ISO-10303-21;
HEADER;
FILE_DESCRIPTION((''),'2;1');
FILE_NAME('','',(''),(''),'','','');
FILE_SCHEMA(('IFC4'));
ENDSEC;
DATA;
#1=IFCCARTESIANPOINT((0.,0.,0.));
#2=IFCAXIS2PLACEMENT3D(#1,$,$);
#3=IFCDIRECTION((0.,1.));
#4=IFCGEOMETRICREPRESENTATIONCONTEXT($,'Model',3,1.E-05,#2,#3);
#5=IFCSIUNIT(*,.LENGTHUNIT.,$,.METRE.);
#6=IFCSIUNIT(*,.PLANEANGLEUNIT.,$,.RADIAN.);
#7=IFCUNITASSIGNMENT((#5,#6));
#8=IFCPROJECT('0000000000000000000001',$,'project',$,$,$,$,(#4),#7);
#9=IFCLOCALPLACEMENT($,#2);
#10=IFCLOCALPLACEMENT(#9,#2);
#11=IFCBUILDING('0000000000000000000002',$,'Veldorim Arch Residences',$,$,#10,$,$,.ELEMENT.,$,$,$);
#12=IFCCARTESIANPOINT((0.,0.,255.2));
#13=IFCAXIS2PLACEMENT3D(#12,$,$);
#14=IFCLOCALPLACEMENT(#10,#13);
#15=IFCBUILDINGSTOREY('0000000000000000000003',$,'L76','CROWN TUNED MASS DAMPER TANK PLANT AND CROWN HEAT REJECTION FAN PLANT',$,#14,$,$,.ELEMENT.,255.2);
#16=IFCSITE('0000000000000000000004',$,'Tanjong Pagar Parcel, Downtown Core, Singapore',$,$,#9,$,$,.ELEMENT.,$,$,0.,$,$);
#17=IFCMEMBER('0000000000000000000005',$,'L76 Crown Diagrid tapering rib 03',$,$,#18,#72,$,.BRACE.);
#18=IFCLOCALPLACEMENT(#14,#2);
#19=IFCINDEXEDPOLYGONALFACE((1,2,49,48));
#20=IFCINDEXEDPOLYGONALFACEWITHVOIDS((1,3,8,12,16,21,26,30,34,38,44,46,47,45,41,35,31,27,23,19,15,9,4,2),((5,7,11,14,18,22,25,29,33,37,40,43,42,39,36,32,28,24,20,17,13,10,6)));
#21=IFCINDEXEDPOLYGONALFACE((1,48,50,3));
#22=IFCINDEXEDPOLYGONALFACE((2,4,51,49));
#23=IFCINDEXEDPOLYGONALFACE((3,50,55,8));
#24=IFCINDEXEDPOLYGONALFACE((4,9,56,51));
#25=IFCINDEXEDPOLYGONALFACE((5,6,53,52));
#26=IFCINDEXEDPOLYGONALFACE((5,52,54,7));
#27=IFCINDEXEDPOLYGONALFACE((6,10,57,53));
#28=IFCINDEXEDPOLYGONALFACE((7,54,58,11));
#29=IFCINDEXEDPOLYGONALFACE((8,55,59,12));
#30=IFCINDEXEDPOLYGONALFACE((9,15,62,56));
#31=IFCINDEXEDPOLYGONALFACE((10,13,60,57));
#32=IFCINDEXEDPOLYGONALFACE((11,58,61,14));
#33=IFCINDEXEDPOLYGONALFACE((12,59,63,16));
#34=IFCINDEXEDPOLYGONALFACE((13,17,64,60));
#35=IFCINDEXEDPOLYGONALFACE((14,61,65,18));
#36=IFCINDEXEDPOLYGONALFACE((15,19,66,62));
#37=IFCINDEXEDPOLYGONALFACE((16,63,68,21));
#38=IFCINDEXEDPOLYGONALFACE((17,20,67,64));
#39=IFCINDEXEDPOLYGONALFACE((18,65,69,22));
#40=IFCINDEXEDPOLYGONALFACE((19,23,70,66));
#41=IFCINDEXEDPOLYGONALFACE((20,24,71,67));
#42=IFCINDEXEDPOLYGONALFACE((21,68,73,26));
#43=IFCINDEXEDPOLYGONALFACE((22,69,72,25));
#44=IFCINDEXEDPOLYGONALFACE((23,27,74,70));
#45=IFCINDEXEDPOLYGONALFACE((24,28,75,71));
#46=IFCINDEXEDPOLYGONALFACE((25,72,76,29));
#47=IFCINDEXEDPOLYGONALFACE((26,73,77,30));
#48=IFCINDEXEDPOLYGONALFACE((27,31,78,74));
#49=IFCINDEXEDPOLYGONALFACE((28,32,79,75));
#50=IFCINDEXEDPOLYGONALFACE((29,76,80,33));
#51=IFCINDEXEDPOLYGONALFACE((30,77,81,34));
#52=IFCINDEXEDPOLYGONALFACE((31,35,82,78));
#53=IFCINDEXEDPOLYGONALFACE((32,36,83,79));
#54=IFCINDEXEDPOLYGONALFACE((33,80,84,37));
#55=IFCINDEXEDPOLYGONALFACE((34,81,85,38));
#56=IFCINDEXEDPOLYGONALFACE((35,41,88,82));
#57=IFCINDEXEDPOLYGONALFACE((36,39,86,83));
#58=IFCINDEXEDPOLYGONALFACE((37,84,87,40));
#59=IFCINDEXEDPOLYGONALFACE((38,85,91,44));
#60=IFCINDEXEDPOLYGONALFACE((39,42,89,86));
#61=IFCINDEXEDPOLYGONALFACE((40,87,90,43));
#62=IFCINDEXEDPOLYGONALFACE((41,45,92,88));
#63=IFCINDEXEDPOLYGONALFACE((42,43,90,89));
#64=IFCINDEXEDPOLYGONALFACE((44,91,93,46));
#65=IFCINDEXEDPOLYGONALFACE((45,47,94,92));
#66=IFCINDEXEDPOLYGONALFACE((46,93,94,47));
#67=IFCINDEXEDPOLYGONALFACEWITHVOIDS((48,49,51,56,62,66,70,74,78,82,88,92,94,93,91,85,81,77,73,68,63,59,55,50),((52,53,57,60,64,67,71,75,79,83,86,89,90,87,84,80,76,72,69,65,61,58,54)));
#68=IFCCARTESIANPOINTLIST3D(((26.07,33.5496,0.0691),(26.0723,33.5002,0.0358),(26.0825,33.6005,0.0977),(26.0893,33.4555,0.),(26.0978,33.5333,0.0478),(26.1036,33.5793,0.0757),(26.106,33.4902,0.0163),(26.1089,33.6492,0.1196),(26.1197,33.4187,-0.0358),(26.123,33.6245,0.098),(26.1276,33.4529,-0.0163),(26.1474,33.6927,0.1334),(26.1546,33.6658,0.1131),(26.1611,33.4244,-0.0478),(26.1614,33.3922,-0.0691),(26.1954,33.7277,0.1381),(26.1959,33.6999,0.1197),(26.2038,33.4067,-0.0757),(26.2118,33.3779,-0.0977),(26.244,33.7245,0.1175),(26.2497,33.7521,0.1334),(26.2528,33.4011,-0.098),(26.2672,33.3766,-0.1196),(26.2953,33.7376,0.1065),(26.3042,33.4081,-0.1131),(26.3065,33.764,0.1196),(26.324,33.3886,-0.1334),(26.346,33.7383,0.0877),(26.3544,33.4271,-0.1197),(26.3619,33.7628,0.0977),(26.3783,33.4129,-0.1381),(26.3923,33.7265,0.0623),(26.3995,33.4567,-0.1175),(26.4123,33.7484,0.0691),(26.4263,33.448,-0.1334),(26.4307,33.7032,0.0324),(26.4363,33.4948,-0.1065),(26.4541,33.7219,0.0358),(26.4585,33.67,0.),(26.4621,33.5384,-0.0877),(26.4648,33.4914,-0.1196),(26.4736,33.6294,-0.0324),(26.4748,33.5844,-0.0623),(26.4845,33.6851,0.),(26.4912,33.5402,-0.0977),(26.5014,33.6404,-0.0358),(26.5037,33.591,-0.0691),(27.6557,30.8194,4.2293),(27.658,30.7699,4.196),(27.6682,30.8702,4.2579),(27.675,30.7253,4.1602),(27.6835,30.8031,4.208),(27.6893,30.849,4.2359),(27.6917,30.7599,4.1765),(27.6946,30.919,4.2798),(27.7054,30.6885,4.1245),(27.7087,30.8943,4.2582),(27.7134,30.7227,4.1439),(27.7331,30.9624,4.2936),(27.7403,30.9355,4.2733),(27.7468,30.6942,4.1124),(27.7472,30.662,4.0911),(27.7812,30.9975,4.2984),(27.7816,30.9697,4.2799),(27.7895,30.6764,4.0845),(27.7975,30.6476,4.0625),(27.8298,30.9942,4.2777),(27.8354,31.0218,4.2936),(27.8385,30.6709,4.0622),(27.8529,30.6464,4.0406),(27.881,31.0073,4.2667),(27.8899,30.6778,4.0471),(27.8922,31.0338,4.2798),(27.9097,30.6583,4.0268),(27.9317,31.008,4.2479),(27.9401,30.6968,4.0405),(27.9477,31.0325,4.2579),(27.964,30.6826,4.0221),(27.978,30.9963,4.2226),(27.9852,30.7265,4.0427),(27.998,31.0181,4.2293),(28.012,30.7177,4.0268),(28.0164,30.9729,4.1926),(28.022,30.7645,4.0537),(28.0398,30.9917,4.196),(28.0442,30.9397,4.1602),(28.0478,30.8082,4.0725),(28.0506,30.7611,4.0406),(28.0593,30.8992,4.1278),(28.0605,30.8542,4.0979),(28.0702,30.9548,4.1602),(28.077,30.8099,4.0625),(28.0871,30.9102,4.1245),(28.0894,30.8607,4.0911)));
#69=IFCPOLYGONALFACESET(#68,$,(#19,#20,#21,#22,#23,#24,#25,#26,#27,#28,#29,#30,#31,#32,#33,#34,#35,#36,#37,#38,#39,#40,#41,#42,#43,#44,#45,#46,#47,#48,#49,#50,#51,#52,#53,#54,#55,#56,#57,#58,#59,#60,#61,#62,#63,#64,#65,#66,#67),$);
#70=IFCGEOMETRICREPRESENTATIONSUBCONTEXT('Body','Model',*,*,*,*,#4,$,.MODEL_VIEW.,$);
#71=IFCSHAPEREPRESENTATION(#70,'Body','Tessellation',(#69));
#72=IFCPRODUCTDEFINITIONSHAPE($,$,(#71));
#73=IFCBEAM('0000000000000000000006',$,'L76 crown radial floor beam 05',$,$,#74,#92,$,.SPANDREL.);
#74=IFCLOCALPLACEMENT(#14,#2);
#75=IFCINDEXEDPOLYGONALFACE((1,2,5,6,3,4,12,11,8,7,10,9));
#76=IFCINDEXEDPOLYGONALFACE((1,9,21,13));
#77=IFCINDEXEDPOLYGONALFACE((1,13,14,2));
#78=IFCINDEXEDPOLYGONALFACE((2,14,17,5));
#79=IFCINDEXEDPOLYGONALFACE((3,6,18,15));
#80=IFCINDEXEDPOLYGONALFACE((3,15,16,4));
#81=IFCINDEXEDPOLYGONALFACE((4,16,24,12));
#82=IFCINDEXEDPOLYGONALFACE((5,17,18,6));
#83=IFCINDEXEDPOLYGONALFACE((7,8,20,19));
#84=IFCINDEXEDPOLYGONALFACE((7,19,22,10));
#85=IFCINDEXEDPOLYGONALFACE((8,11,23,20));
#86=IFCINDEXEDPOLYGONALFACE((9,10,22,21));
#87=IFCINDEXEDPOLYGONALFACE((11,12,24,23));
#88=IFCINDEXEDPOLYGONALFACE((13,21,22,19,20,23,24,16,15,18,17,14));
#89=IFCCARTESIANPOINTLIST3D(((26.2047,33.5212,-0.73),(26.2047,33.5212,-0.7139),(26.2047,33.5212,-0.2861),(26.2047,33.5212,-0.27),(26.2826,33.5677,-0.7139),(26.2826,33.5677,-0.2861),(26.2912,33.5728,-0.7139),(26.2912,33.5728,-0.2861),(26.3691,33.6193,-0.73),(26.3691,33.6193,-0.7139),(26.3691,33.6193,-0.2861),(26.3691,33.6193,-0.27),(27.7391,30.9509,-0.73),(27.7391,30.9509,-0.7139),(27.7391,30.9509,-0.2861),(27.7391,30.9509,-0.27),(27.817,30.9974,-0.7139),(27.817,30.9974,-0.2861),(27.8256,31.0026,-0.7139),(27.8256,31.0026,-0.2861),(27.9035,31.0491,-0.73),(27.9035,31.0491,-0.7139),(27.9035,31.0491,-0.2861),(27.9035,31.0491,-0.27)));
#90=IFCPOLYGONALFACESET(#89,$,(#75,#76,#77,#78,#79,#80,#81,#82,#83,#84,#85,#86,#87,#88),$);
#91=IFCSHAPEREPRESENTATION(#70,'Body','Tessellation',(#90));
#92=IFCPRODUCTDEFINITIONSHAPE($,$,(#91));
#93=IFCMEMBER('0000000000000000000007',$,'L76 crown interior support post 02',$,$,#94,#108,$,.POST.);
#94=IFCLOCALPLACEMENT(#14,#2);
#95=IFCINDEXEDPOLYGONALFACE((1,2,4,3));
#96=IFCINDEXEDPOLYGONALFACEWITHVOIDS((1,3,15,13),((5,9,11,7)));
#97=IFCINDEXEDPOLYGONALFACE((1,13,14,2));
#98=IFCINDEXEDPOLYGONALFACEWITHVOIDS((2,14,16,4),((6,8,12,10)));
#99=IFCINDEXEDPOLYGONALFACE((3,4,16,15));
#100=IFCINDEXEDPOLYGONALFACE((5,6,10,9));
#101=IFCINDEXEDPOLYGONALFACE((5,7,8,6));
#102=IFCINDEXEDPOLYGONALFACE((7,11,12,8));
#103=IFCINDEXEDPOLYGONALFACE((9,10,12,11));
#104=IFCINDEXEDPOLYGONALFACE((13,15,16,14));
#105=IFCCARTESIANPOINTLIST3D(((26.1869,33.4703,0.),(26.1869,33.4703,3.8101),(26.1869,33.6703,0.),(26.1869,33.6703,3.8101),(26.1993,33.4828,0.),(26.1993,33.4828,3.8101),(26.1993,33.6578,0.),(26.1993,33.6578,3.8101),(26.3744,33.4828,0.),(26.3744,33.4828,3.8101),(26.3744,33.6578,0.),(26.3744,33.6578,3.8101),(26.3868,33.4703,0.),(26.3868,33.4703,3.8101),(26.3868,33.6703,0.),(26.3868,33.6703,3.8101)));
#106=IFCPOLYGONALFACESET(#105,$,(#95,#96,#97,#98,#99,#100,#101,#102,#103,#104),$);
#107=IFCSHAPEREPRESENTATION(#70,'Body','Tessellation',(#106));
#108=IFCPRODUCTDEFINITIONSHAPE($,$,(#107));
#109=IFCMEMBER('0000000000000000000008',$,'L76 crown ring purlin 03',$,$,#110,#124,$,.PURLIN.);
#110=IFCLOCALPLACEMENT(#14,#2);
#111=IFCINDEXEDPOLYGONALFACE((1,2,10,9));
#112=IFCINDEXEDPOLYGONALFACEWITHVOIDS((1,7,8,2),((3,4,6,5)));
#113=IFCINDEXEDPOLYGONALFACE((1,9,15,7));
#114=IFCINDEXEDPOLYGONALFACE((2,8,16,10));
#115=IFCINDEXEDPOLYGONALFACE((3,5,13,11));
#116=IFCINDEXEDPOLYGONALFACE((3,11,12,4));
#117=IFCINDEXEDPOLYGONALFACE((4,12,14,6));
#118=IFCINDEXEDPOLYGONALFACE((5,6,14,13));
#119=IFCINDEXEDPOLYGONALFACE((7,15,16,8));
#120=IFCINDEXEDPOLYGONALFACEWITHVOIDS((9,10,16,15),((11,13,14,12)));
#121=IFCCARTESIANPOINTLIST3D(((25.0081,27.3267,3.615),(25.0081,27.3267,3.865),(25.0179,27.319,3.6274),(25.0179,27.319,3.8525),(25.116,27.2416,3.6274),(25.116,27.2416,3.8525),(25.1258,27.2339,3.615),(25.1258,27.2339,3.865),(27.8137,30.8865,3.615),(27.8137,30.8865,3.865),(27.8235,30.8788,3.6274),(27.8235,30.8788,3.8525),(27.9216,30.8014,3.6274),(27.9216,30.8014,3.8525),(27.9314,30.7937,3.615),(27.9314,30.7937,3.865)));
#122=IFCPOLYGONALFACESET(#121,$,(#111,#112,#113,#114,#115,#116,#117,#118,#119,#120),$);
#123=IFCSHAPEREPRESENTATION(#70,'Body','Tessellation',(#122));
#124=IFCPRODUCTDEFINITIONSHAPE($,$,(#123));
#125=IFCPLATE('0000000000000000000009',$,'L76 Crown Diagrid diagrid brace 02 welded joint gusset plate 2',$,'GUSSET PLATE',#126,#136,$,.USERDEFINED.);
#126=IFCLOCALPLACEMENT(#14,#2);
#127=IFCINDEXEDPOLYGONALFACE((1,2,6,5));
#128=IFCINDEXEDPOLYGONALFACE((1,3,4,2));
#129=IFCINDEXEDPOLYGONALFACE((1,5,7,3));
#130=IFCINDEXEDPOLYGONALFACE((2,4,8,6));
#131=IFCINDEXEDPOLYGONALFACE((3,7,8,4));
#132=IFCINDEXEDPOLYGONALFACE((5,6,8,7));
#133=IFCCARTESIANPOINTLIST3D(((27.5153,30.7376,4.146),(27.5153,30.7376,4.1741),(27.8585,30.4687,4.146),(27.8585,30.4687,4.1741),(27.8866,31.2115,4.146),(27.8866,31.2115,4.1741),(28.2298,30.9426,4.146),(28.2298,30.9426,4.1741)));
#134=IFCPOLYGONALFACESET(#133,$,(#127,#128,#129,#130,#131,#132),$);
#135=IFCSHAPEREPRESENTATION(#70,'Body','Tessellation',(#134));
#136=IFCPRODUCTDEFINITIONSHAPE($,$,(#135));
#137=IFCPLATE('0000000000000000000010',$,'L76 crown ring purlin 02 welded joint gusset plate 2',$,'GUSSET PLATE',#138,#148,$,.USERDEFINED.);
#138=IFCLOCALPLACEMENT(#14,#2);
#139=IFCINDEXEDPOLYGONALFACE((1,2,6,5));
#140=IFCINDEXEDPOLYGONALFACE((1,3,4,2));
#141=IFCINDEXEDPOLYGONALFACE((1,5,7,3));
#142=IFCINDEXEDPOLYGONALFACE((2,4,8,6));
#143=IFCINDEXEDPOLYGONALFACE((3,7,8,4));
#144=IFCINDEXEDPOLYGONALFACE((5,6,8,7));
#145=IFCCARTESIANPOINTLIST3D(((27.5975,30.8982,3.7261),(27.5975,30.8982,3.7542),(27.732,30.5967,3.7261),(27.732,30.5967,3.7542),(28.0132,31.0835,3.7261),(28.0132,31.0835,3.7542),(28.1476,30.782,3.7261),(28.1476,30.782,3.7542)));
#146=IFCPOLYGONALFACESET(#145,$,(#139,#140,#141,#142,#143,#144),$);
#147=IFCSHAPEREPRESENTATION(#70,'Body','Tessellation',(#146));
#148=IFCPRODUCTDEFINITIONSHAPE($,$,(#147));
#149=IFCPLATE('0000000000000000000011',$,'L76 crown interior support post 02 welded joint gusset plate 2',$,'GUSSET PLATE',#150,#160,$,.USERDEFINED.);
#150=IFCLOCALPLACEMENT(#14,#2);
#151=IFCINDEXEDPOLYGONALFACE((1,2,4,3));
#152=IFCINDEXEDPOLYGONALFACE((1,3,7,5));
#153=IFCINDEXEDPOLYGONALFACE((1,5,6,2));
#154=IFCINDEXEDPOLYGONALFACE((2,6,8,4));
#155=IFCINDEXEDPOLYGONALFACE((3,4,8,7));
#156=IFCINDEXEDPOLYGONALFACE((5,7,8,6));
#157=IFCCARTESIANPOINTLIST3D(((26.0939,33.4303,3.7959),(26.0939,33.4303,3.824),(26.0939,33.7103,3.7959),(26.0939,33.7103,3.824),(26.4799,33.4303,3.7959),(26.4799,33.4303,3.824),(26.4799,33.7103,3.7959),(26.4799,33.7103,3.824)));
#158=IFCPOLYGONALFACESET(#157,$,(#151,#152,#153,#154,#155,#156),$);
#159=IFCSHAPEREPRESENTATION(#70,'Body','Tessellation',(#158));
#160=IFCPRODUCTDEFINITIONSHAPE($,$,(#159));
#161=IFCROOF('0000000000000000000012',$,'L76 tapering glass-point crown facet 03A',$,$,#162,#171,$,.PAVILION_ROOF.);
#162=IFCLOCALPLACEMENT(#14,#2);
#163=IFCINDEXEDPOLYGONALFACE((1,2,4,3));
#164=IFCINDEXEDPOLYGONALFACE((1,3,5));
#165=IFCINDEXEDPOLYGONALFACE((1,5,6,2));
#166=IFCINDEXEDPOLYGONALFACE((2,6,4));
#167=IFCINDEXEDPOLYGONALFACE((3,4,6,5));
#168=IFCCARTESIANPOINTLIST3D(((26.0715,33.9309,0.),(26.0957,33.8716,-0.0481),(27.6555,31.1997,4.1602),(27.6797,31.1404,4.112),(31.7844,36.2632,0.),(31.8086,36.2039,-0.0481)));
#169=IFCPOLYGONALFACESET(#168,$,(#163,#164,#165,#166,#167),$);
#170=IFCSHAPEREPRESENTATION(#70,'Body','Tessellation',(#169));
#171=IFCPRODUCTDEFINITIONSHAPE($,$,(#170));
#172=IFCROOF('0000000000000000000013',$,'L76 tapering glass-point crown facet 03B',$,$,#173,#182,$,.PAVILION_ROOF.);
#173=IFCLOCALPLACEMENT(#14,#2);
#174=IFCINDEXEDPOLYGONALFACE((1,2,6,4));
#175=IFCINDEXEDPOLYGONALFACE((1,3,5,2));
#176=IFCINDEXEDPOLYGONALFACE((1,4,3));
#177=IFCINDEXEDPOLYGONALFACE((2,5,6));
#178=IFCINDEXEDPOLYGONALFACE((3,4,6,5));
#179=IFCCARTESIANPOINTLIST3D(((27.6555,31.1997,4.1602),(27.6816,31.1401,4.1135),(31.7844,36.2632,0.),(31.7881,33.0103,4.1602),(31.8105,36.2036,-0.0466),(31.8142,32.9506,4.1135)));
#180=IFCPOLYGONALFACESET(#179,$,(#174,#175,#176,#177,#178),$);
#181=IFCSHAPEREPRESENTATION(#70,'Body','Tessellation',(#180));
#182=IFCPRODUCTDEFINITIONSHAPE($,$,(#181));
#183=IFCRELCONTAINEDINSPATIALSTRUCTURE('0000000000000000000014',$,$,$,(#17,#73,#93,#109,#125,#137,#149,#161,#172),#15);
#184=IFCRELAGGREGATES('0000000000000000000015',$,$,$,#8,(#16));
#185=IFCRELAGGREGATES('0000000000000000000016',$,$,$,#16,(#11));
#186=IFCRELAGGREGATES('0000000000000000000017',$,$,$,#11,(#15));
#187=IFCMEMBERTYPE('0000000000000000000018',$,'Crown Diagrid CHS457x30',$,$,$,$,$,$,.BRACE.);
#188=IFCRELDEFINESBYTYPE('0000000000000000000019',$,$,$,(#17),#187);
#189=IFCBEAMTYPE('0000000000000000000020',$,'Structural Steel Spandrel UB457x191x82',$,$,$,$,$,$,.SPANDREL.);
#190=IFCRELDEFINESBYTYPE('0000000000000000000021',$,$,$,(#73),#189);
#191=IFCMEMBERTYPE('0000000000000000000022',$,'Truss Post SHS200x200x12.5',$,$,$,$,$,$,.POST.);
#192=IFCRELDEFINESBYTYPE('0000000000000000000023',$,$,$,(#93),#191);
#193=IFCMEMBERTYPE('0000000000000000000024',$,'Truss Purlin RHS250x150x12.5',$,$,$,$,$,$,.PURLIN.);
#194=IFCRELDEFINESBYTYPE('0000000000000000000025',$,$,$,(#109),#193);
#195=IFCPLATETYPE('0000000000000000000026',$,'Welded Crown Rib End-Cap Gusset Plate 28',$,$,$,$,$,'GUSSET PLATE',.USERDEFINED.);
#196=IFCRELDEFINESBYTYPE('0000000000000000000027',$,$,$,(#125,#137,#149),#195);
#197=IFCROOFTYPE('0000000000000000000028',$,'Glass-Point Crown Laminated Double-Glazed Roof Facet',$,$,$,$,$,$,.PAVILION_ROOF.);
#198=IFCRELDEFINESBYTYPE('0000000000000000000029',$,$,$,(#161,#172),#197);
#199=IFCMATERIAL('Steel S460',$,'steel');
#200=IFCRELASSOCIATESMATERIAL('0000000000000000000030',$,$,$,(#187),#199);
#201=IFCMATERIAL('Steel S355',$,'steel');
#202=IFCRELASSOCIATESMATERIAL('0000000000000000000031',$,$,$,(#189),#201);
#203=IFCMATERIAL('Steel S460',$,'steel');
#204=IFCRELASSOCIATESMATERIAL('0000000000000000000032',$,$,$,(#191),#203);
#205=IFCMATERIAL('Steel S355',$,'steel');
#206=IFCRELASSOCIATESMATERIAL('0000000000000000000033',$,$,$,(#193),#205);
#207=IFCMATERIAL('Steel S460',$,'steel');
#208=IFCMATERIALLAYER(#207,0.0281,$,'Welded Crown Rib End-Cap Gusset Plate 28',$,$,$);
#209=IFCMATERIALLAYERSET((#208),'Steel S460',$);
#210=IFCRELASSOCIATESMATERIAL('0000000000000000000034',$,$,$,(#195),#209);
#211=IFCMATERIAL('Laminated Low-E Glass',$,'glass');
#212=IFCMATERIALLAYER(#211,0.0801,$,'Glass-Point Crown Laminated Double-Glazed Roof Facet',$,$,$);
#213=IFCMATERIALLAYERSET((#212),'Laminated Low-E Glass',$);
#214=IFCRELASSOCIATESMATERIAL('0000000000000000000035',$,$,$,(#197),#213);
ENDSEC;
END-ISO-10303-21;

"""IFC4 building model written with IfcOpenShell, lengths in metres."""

from ifc_helpers import new_model, si_unit, direction, frame, origin, origin_2d, place, context, subcontext, project, spatial, polyline, rectangle, hollow_rectangle, hollow_circle, i_section, outline, extrude, material, layer, layer_set, material_profile, profile_set, type_object, element, save


model = new_model("IFC4")

# Units and contexts
model_context = context("Model", 3, precision=1e-05, world=origin(), true_north=direction((0.0, 1.0)))
body_context = subcontext(model_context, "Body", "Model", "MODEL_VIEW")
ifc_project = project(units=[si_unit("LENGTHUNIT", "METRE"), si_unit("PLANEANGLEUNIT", "RADIAN")], contexts=[model_context])

# Site, building, storey
site_placement = place(None, origin())
site = spatial("IfcSite", under=ifc_project, at=site_placement, Name="Tanjong Pagar Parcel, Downtown Core, Singapore", CompositionType="ELEMENT", RefElevation=0.0)
building_placement = place(site_placement, origin())
building = spatial("IfcBuilding", under=site, at=building_placement, Name="Veldorim Arch Residences", CompositionType="ELEMENT")
storey_placement = place(building_placement, frame((0.0, 0.0, 255.2)))
storey = spatial("IfcBuildingStorey", under=building, at=storey_placement, Name="L76", Description="CROWN TUNED MASS DAMPER TANK PLANT AND CROWN HEAT REJECTION FAN PLANT", CompositionType="ELEMENT", Elevation=255.2)

# Member
ifc_material_1 = material(Name="Steel S460", Category="steel")
ifc_material_profile_1 = material_profile(ifc_material_1, hollow_circle(Radius=0.2285, WallThickness=0.03, at=origin_2d()), Name="CHS457x30")
ifc_profile_set_1 = profile_set([ifc_material_profile_1], Name="Steel S460")
member_type_1 = type_object("IfcMemberType", Name="Crown Diagrid CHS457x30", PredefinedType="BRACE", material=ifc_profile_set_1)
member_1_placement = place(storey_placement, frame((26.2869, 33.5703, 0.0), z_axis=(0.303622, -0.522772, 0.79657), x_axis=(0.864734, 0.502231, 0.0)))
element("IfcMember", 1, at=member_1_placement, inside=storey, type_object=member_type_1, Name="L76 Crown Diagrid tapering rib 03", PredefinedType="BRACE", context=body_context, shape_type="SweptSolid", body=[
    extrude(hollow_circle(Radius=0.2285, WallThickness=0.03, at=origin_2d()), origin(), (0.0, 0.0, 1.0), 5.2227),
])

# Beam
ifc_material_2 = material(Name="Steel S355", Category="steel")
ifc_material_profile_2 = material_profile(ifc_material_2, i_section(OverallWidth=0.1914, OverallDepth=0.46, WebThickness=0.01, FlangeThickness=0.0161, at=origin_2d()), Name="UB457x191x82")
ifc_profile_set_2 = profile_set([ifc_material_profile_2], Name="Steel S355")
beam_type = type_object("IfcBeamType", Name="Structural Steel Spandrel UB457x191x82", PredefinedType="SPANDREL", material=ifc_profile_set_2)
beam_placement = place(storey_placement, frame((27.8213, 31.0, -0.5), z_axis=(-0.512587, 0.858635, 0.0), x_axis=(-0.858635, -0.512587, 0.0)))
element("IfcBeam", 2, at=beam_placement, inside=storey, type_object=beam_type, Name="L76 crown radial floor beam 05", PredefinedType="SPANDREL", context=body_context, shape_type="SweptSolid", body=[
    extrude(i_section(OverallWidth=0.1914, OverallDepth=0.46, WebThickness=0.01, FlangeThickness=0.0161, at=origin_2d()), origin(), (0.0, 0.0, 1.0), 2.9934),
])

# Members
ifc_material_3 = material(Name="Steel S460", Category="steel")
ifc_material_profile_3 = material_profile(ifc_material_3, hollow_rectangle(XDim=0.2, YDim=0.2, WallThickness=0.0125, at=origin_2d()), Name="SHS200x200x12.5")
ifc_profile_set_3 = profile_set([ifc_material_profile_3], Name="Steel S460")
member_type_2 = type_object("IfcMemberType", Name="Truss Post SHS200x200x12.5", PredefinedType="POST", material=ifc_profile_set_3)
member_2_placement = place(storey_placement, frame((26.2869, 33.5703, 0.0), z_axis=(0.0, 0.0, 1.0), x_axis=(1.0, 0.0, 0.0)))
element("IfcMember", 3, at=member_2_placement, inside=storey, type_object=member_type_2, Name="L76 crown interior support post 02", PredefinedType="POST", context=body_context, shape_type="SweptSolid", body=[
    extrude(hollow_rectangle(XDim=0.2, YDim=0.2, WallThickness=0.0125, at=origin_2d()), origin(), (0.0, 0.0, 1.0), 3.8101),
])
ifc_material_4 = material(Name="Steel S355", Category="steel")
ifc_material_profile_4 = material_profile(ifc_material_4, hollow_rectangle(XDim=0.1499, YDim=0.25, WallThickness=0.0125, at=origin_2d()), Name="RHS250x150x12.5")
ifc_profile_set_4 = profile_set([ifc_material_profile_4], Name="Steel S355")
member_type_3 = type_object("IfcMemberType", Name="Truss Purlin RHS250x150x12.5", PredefinedType="PURLIN", material=ifc_profile_set_4)
member_3_placement = place(storey_placement, frame((27.8726, 30.8401, 3.74), z_axis=(-0.619003, -0.785389, 0.0), x_axis=(0.785389, -0.619003, 0.0)))
element("IfcMember", 4, at=member_3_placement, inside=storey, type_object=member_type_3, Name="L76 crown ring purlin 03", PredefinedType="PURLIN", context=body_context, shape_type="SweptSolid", body=[
    extrude(hollow_rectangle(XDim=0.1499, YDim=0.25, WallThickness=0.0125, at=origin_2d()), origin(), (0.0, 0.0, 1.0), 4.5325),
])

# Plates
ifc_material_5 = material(Name="Steel S460", Category="steel")
ifc_layer_1 = layer(ifc_material_5, 0.0281, Name="Welded Crown Rib End-Cap Gusset Plate 28")
ifc_layer_set_1 = layer_set([ifc_layer_1], Name="Steel S460")
plate_type = type_object("IfcPlateType", Name="Welded Crown Rib End-Cap Gusset Plate 28", ElementType="GUSSET PLATE", PredefinedType="USERDEFINED", material=ifc_layer_set_1)
plate_1_placement = place(storey_placement, frame((27.8726, 30.8401, 4.146), z_axis=(0.0, 0.0, 1.0), x_axis=(-0.616679, -0.787215, 0.0)))
element("IfcPlate", 5, at=plate_1_placement, inside=storey, type_object=plate_type, Name="L76 Crown Diagrid diagrid brace 02 welded joint gusset plate 2", ObjectType="GUSSET PLATE", PredefinedType="USERDEFINED", context=body_context, shape_type="SweptSolid", body=[
    extrude(rectangle(XDim=0.6021, YDim=0.436, at=origin_2d()), origin(), (0.0, 0.0, 1.0), 0.0281),
])
plate_2_placement = place(storey_placement, frame((27.8726, 30.8401, 3.7261), z_axis=(0.0, 0.0, 1.0), x_axis=(-0.913311, -0.407263, 0.0)))
element("IfcPlate", 6, at=plate_2_placement, inside=storey, type_object=plate_type, Name="L76 crown ring purlin 02 welded joint gusset plate 2", ObjectType="GUSSET PLATE", PredefinedType="USERDEFINED", context=body_context, shape_type="SweptSolid", body=[
    extrude(rectangle(XDim=0.4551, YDim=0.3301, at=origin_2d()), origin(), (0.0, 0.0, 1.0), 0.0281),
])
plate_3_placement = place(storey_placement, frame((26.2869, 33.5703, 3.7959), z_axis=(0.0, 0.0, 1.0), x_axis=(1.0, 0.0, 0.0)))
element("IfcPlate", 7, at=plate_3_placement, inside=storey, type_object=plate_type, Name="L76 crown interior support post 02 welded joint gusset plate 2", ObjectType="GUSSET PLATE", PredefinedType="USERDEFINED", context=body_context, shape_type="SweptSolid", body=[
    extrude(rectangle(XDim=0.386, YDim=0.28, at=origin_2d()), origin(), (0.0, 0.0, 1.0), 0.0281),
])

# Roofs
ifc_material_6 = material(Name="Laminated Low-E Glass", Category="glass")
ifc_layer_2 = layer(ifc_material_6, 0.0801, Name="Glass-Point Crown Laminated Double-Glazed Roof Facet")
ifc_layer_set_2 = layer_set([ifc_layer_2], Name="Laminated Low-E Glass")
roof_type = type_object("IfcRoofType", Name="Glass-Point Crown Laminated Double-Glazed Roof Facet", PredefinedType="PAVILION_ROOF", material=ifc_layer_set_2)
roof_1_placement = place(storey_placement, frame((31.7844, 36.2632, 0.0), z_axis=(-0.302121, 0.740043, 0.600882), x_axis=(-0.92582, -0.377964, 0.0)))
element("IfcRoof", 8, at=roof_1_placement, inside=storey, type_object=roof_type, Name="L76 tapering glass-point crown facet 03A", PredefinedType="PAVILION_ROOF", context=body_context, shape_type="SweptSolid", body=[
    extrude(outline(polyline([(0.0, 0.0), (6.1706, 0.0), (5.7364, 5.2045), (0.0, 0.0)])), origin(), (0.0, 0.0, -1.0), 0.0801),
])
roof_2_placement = place(storey_placement, frame((31.7844, 36.2632, 0.0), z_axis=(-0.326195, 0.744538, 0.58246), x_axis=(-0.533068, -0.653727, 0.537103)))
element("IfcRoof", 9, at=roof_2_placement, inside=storey, type_object=roof_type, Name="L76 tapering glass-point crown facet 03B", PredefinedType="PAVILION_ROOF", context=body_context, shape_type="SweptSolid", body=[
    extrude(outline(polyline([(0.0, 0.0), (7.7456, 0.0), (4.359, 2.9812), (0.0, 0.0)])), origin(), (0.0, 0.0, -1.0), 0.0801),
])

save(model, "model.ifc")
